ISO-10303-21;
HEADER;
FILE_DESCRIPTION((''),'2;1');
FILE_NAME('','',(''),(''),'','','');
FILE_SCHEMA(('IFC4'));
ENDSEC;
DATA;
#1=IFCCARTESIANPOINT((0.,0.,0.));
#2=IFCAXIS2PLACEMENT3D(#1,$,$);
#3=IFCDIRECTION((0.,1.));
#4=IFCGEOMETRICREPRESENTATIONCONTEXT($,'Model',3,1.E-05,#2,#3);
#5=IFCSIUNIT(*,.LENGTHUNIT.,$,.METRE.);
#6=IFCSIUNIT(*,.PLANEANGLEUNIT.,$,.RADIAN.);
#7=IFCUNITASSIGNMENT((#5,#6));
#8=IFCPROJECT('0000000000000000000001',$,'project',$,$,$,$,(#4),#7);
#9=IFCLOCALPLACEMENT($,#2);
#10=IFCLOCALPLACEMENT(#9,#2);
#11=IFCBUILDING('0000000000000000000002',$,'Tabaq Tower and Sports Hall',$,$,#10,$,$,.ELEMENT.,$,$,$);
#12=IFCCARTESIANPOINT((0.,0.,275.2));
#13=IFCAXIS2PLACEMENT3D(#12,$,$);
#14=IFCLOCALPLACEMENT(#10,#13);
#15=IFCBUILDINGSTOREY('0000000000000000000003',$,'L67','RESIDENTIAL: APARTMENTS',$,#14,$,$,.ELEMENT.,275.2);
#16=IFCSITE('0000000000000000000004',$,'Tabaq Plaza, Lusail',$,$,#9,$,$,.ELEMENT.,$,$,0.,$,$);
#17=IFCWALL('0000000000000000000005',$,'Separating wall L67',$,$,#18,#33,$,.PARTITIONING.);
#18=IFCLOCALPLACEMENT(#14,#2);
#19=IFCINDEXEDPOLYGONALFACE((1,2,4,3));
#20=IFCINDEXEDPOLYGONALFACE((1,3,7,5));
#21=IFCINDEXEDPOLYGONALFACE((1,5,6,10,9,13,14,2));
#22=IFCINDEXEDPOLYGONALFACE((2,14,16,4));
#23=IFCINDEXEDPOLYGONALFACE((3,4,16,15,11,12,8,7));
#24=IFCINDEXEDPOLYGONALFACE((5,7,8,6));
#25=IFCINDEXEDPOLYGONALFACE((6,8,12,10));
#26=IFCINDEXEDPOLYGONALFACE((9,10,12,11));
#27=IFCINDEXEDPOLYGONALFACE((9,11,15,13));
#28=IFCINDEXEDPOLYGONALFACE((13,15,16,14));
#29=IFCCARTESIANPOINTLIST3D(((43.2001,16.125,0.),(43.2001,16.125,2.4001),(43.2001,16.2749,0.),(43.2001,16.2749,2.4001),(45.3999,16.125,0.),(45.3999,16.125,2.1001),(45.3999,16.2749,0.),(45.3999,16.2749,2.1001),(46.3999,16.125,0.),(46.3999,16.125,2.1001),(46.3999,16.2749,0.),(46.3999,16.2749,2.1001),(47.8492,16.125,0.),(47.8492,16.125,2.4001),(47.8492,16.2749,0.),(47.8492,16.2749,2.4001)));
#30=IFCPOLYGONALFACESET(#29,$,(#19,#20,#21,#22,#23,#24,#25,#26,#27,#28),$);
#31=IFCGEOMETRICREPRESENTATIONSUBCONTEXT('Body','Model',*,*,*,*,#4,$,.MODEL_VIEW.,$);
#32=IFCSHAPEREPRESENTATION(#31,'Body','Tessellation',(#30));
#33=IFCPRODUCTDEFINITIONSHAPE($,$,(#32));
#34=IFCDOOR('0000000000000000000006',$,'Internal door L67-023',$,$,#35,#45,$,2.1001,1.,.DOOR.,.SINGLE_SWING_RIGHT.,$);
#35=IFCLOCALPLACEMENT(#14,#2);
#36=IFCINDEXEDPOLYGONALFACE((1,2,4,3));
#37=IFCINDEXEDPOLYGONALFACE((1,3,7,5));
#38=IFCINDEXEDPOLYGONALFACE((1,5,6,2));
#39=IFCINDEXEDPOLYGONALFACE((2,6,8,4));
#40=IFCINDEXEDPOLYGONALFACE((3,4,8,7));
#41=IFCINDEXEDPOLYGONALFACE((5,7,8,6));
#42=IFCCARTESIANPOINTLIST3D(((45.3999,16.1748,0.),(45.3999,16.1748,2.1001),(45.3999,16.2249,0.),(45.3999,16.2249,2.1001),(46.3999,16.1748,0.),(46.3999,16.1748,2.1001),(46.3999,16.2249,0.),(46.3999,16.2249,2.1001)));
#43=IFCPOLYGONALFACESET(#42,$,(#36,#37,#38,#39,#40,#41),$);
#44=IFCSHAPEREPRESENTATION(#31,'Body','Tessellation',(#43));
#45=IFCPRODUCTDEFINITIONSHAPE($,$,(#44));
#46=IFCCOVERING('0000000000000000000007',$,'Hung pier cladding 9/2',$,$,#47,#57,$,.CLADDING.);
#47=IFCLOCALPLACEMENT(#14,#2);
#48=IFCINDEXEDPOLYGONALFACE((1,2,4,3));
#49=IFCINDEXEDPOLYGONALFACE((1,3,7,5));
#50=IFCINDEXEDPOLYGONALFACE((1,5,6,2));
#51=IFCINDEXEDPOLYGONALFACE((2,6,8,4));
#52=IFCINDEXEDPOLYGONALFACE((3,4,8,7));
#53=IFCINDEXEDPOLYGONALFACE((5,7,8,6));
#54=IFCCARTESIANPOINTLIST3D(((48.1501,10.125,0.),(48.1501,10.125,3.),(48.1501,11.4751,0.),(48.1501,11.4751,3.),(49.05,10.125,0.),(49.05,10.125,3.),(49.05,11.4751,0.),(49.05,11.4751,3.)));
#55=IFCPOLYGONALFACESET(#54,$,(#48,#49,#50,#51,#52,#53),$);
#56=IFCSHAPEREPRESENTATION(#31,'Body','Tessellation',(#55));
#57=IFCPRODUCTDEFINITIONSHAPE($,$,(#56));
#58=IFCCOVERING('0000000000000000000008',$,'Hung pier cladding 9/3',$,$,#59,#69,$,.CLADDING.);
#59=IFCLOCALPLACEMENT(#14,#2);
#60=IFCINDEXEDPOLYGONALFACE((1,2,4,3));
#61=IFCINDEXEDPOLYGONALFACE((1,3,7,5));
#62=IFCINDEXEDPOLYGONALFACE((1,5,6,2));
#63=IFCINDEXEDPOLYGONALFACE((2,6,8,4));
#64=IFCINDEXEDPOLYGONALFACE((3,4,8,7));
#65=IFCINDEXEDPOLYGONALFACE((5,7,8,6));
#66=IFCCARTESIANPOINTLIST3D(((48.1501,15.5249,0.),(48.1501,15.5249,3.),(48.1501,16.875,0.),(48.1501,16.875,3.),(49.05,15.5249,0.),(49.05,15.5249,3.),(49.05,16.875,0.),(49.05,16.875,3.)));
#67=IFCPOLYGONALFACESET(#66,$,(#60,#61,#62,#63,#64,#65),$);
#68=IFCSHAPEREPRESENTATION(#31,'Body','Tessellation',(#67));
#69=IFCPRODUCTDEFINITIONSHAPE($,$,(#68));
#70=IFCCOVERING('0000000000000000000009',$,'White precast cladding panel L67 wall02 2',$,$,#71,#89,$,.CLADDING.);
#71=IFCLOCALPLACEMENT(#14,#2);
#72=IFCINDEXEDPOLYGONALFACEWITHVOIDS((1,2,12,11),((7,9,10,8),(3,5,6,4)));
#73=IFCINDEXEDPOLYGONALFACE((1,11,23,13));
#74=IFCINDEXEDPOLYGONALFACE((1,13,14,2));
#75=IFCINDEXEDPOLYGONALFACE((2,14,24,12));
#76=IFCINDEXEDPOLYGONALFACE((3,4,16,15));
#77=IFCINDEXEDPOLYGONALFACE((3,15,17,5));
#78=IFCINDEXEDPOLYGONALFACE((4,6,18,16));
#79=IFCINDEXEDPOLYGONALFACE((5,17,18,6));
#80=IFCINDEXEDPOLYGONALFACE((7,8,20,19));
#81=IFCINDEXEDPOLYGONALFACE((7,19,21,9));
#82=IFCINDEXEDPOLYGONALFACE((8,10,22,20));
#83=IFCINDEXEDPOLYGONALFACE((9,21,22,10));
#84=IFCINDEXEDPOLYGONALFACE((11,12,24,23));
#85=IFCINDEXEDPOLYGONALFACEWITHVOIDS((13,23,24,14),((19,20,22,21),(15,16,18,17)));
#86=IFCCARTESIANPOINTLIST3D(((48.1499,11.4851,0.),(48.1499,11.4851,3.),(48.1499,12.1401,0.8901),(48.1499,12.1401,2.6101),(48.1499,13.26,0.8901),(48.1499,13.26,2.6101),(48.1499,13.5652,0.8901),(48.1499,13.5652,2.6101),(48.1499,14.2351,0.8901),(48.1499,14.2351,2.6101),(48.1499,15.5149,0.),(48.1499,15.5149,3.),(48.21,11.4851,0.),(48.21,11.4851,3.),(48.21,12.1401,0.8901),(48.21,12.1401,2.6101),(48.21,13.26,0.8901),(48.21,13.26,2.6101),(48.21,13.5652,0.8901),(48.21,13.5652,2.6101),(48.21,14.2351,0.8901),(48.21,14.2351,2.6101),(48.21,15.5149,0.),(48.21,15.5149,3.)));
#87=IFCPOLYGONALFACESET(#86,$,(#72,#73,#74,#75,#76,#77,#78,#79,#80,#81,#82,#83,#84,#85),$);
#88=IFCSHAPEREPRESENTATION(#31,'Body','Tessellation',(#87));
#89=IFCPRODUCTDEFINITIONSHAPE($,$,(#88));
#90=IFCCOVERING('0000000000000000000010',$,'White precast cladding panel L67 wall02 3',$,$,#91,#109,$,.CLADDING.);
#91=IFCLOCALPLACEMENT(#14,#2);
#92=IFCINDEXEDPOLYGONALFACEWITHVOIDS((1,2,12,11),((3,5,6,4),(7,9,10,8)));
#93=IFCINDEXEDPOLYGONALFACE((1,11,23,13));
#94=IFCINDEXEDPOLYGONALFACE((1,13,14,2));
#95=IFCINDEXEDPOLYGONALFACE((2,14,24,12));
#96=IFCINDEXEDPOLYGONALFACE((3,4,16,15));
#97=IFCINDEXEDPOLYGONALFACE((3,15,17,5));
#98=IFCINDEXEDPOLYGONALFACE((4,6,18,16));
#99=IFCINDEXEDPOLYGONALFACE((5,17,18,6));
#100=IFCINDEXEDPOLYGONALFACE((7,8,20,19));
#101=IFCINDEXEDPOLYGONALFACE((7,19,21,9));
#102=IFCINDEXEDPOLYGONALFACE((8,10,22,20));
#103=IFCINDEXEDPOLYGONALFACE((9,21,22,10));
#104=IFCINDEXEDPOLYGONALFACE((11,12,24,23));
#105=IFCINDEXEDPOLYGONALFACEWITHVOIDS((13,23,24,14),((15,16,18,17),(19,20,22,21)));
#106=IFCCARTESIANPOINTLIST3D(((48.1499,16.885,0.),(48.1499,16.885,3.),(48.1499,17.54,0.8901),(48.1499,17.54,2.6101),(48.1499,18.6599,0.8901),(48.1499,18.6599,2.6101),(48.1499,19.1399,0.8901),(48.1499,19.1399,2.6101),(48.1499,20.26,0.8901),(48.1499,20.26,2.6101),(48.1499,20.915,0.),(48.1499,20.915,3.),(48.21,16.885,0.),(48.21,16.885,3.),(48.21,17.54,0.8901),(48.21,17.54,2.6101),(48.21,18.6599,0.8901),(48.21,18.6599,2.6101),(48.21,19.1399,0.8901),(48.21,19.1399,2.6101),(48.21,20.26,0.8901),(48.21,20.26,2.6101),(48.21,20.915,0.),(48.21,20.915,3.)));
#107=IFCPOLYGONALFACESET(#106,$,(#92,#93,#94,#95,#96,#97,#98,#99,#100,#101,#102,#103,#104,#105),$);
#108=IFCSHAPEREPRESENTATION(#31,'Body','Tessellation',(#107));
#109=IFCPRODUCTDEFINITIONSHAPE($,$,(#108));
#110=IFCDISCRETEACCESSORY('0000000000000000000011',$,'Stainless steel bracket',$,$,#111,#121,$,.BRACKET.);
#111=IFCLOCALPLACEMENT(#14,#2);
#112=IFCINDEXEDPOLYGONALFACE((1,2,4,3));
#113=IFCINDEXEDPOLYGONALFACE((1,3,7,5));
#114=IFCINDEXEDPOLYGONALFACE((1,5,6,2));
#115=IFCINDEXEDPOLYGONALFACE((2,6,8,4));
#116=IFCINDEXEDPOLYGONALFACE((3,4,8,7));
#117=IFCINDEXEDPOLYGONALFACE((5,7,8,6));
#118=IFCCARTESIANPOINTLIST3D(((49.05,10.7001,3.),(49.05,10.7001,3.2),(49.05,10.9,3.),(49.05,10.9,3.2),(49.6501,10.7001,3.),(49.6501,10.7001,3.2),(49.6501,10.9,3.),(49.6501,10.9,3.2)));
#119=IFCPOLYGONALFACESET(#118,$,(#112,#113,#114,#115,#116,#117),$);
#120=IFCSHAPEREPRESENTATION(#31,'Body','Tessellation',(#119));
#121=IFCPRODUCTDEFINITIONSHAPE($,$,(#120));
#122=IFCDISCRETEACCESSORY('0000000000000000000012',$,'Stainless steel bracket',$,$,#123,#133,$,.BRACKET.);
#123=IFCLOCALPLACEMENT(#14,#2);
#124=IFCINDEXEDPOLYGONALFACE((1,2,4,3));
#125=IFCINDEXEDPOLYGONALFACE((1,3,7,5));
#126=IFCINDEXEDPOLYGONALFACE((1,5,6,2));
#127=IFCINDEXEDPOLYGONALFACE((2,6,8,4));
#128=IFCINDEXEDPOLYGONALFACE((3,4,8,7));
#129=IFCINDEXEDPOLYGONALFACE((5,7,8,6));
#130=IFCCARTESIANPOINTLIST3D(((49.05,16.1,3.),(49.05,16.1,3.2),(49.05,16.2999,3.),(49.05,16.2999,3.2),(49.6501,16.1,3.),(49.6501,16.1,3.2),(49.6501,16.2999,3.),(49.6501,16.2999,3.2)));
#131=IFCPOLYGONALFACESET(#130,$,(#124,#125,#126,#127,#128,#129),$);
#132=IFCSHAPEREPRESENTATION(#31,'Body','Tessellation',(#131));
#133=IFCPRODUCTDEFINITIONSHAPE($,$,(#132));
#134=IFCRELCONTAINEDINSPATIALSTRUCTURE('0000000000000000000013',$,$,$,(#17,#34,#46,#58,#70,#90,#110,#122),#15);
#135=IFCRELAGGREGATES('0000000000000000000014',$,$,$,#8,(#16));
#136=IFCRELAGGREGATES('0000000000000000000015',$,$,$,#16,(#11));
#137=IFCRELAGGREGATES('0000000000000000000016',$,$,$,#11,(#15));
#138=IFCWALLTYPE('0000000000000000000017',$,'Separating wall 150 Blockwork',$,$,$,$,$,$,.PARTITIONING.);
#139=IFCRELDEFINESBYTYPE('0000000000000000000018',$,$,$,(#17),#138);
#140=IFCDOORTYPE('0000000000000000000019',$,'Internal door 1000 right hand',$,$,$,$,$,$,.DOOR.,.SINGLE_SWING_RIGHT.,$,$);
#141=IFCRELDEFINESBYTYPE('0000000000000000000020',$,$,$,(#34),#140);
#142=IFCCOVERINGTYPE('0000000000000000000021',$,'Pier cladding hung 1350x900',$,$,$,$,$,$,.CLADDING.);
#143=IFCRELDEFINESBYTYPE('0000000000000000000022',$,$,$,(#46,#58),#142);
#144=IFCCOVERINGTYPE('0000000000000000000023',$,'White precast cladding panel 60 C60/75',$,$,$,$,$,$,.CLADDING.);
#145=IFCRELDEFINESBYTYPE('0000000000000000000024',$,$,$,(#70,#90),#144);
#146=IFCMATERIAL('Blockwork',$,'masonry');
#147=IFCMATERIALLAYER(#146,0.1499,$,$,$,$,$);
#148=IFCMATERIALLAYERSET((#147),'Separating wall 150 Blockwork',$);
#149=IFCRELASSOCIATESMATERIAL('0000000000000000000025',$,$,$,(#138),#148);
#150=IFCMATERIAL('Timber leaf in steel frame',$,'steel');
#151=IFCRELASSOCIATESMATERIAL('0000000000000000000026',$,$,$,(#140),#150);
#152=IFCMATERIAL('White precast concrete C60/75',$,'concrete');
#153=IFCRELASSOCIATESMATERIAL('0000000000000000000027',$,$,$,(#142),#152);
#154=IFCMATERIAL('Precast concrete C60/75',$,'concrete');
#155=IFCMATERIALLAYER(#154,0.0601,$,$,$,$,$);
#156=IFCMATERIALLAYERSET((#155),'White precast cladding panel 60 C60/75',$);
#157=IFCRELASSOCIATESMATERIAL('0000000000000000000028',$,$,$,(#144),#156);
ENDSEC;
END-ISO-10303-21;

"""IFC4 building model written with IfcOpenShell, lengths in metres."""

from ifc_helpers import new_model, si_unit, direction, frame, frame_2d, origin, origin_2d, place, context, subcontext, project, spatial, polyline, rectangle, outline, extrude, material, layer, layer_set, type_object, element, fill, save


model = new_model("IFC4")

# Units and contexts
model_context = context("Model", 3, precision=1e-05, world=origin(), true_north=direction((0.0, 1.0)))
body_context = subcontext(model_context, "Body", "Model", "MODEL_VIEW")
ifc_project = project(units=[si_unit("LENGTHUNIT", "METRE"), si_unit("PLANEANGLEUNIT", "RADIAN")], contexts=[model_context])

# Site, building, storey
site_placement = place(None, origin())
site = spatial("IfcSite", under=ifc_project, at=site_placement, Name="Tabaq Plaza, Lusail", CompositionType="ELEMENT", RefElevation=0.0)
building_placement = place(site_placement, origin())
building = spatial("IfcBuilding", under=site, at=building_placement, Name="Tabaq Tower and Sports Hall", CompositionType="ELEMENT")
storey_placement = place(building_placement, frame((0.0, 0.0, 275.2)))
storey = spatial("IfcBuildingStorey", under=building, at=storey_placement, Name="L67", Description="RESIDENTIAL: APARTMENTS", CompositionType="ELEMENT", Elevation=275.2)

# Shared definitions
ifc_material_1 = material(Name="Blockwork", Category="masonry")
ifc_layer_1 = layer(ifc_material_1, 0.1499)
ifc_layer_set_1 = layer_set([ifc_layer_1], Name="Separating wall 150 Blockwork")
wall_type_1 = type_object("IfcWallType", Name="Separating wall 150 Blockwork", PredefinedType="PARTITIONING", material=ifc_layer_set_1)

# Wall, opening, door
wall_1_placement = place(storey_placement, frame((43.2, 16.2, 0.0), z_axis=(0.0, 0.0, 1.0), x_axis=(1.0, 0.0, 0.0)))
wall_1 = element("IfcWall", 1, at=wall_1_placement, inside=storey, type_object=wall_type_1, Name="Separating wall L67", PredefinedType="PARTITIONING", context=body_context, shape_type="SweptSolid", body=[
    extrude(rectangle(XDim=4.6492, YDim=0.1499, at=frame_2d((2.3247, 0.0))), origin(), (0.0, 0.0, 1.0), 2.4001),
])
opening_1_placement = place(wall_1_placement, frame((2.2, 0.0, 0.0)))
opening_1 = element("IfcOpeningElement", 2, at=opening_1_placement, cuts=wall_1, PredefinedType="OPENING", context=body_context, shape_type="SweptSolid", body=[
    extrude(rectangle(XDim=1.0, YDim=2.1001, at=frame_2d((0.5, 1.05))), frame((0.0, 0.075, 0.0), z_axis=(0.0, -1.0, 0.0), x_axis=(1.0, 0.0, 0.0)), (0.0, 0.0, 1.0), 0.1499),
])
ifc_material_2 = material(Name="Timber leaf in steel frame", Category="steel")
door_type_1 = type_object("IfcDoorType", Name="Internal door 1000 right hand", OperationType="SINGLE_SWING_RIGHT", PredefinedType="DOOR", material=ifc_material_2)
door_1_placement = place(opening_1_placement, origin())
door_1 = element("IfcDoor", 3, at=door_1_placement, inside=storey, type_object=door_type_1, Name="Internal door L67-023", OperationType="SINGLE_SWING_RIGHT", OverallHeight=2.1001, OverallWidth=1.0, PredefinedType="DOOR", context=body_context, shape_type="SweptSolid", body=[
    extrude(rectangle(XDim=1.0, YDim=2.1001, at=frame_2d((0.5, 1.05))), frame((0.0, 0.0249, 0.0), z_axis=(0.0, -1.0, 0.0), x_axis=(1.0, 0.0, 0.0)), (0.0, 0.0, 1.0), 0.05),
])
fill(opening_1, door_1)

# Coverings
ifc_material_3 = material(Name="White precast concrete C60/75", Category="concrete")
covering_type_1 = type_object("IfcCoveringType", Name="Pier cladding hung 1350x900", PredefinedType="CLADDING", material=ifc_material_3)
for number, where, z_axis, x_axis, name in (
    (4, (48.6001, 10.125, 0.0), (0.0, 0.0, 1.0), (0.0, 1.0, 0.0), "Hung pier cladding 9/2"),
    (5, (48.6001, 15.5249, 0.0), (0.0, 0.0, 1.0), (0.0, 1.0, 0.0), "Hung pier cladding 9/3"),
):
    element("IfcCovering", number, at=place(storey_placement, frame(where, z_axis=z_axis, x_axis=x_axis)), inside=storey, type_object=covering_type_1, Name=name, PredefinedType="CLADDING", context=body_context, shape_type="SweptSolid", body=[
        extrude(rectangle(XDim=1.3501, YDim=0.8999, at=frame_2d((0.675, 0.0))), origin(), (0.0, 0.0, 1.0), 3.0),
    ])
ifc_material_4 = material(Name="Precast concrete C60/75", Category="concrete")
ifc_layer_2 = layer(ifc_material_4, 0.0601)
ifc_layer_set_2 = layer_set([ifc_layer_2], Name="White precast cladding panel 60 C60/75")
covering_type_2 = type_object("IfcCoveringType", Name="White precast cladding panel 60 C60/75", PredefinedType="CLADDING", material=ifc_layer_set_2)
covering_1_placement = place(storey_placement, frame((48.1799, 11.4851, 0.0), z_axis=(0.0, 0.0, 1.0), x_axis=(0.0, 1.0, 0.0)))
element("IfcCovering", 6, at=covering_1_placement, inside=storey, type_object=covering_type_2, Name="White precast cladding panel L67 wall02 2", PredefinedType="CLADDING", context=body_context, shape_type="SweptSolid", body=[
    extrude(outline(polyline([(0.0, 0.0), (4.0298, 0.0), (4.0298, 3.0), (0.0, 3.0), (0.0, 0.0)]), holes=[polyline([(0.655, 2.6101), (1.7749, 2.6101), (1.7749, 0.8901), (0.655, 0.8901), (0.655, 2.6101)]), polyline([(2.0801, 2.6101), (2.75, 2.6101), (2.75, 0.8901), (2.0801, 0.8901), (2.0801, 2.6101)])]), frame((0.0, 0.03, 0.0), z_axis=(0.0, -1.0, 0.0), x_axis=(1.0, 0.0, 0.0)), (0.0, 0.0, 1.0), 0.0601),
])
covering_2_placement = place(storey_placement, frame((48.1799, 16.885, 0.0), z_axis=(0.0, 0.0, 1.0), x_axis=(0.0, 1.0, 0.0)))
element("IfcCovering", 7, at=covering_2_placement, inside=storey, type_object=covering_type_2, Name="White precast cladding panel L67 wall02 3", PredefinedType="CLADDING", context=body_context, shape_type="SweptSolid", body=[
    extrude(outline(polyline([(0.0, 0.0), (4.03, 0.0), (4.03, 3.0), (0.0, 3.0), (0.0, 0.0)]), holes=[polyline([(0.655, 2.6101), (1.7749, 2.6101), (1.7749, 0.8901), (0.655, 0.8901), (0.655, 2.6101)]), polyline([(2.2549, 2.6101), (3.375, 2.6101), (3.375, 0.8901), (2.2549, 0.8901), (2.2549, 2.6101)])]), frame((0.0, 0.03, 0.0), z_axis=(0.0, -1.0, 0.0), x_axis=(1.0, 0.0, 0.0)), (0.0, 0.0, 1.0), 0.0601),
])

# Discrete accessories
for number, where, z_axis, x_axis, name in (
    (8, (49.3501, 10.8, 3.0), (0.0, 0.0, 1.0), (1.0, 0.0, 0.0), "Stainless steel bracket"),
    (9, (49.3501, 16.2, 3.0), (0.0, 0.0, 1.0), (1.0, 0.0, 0.0), "Stainless steel bracket"),
):
    element("IfcDiscreteAccessory", number, at=place(storey_placement, frame(where, z_axis=z_axis, x_axis=x_axis)), inside=storey, Name=name, PredefinedType="BRACKET", context=body_context, shape_type="SweptSolid", body=[
        extrude(rectangle(XDim=0.6001, YDim=0.2, at=origin_2d()), origin(), (0.0, 0.0, 1.0), 0.2),
    ])

save(model, "model.ifc")
